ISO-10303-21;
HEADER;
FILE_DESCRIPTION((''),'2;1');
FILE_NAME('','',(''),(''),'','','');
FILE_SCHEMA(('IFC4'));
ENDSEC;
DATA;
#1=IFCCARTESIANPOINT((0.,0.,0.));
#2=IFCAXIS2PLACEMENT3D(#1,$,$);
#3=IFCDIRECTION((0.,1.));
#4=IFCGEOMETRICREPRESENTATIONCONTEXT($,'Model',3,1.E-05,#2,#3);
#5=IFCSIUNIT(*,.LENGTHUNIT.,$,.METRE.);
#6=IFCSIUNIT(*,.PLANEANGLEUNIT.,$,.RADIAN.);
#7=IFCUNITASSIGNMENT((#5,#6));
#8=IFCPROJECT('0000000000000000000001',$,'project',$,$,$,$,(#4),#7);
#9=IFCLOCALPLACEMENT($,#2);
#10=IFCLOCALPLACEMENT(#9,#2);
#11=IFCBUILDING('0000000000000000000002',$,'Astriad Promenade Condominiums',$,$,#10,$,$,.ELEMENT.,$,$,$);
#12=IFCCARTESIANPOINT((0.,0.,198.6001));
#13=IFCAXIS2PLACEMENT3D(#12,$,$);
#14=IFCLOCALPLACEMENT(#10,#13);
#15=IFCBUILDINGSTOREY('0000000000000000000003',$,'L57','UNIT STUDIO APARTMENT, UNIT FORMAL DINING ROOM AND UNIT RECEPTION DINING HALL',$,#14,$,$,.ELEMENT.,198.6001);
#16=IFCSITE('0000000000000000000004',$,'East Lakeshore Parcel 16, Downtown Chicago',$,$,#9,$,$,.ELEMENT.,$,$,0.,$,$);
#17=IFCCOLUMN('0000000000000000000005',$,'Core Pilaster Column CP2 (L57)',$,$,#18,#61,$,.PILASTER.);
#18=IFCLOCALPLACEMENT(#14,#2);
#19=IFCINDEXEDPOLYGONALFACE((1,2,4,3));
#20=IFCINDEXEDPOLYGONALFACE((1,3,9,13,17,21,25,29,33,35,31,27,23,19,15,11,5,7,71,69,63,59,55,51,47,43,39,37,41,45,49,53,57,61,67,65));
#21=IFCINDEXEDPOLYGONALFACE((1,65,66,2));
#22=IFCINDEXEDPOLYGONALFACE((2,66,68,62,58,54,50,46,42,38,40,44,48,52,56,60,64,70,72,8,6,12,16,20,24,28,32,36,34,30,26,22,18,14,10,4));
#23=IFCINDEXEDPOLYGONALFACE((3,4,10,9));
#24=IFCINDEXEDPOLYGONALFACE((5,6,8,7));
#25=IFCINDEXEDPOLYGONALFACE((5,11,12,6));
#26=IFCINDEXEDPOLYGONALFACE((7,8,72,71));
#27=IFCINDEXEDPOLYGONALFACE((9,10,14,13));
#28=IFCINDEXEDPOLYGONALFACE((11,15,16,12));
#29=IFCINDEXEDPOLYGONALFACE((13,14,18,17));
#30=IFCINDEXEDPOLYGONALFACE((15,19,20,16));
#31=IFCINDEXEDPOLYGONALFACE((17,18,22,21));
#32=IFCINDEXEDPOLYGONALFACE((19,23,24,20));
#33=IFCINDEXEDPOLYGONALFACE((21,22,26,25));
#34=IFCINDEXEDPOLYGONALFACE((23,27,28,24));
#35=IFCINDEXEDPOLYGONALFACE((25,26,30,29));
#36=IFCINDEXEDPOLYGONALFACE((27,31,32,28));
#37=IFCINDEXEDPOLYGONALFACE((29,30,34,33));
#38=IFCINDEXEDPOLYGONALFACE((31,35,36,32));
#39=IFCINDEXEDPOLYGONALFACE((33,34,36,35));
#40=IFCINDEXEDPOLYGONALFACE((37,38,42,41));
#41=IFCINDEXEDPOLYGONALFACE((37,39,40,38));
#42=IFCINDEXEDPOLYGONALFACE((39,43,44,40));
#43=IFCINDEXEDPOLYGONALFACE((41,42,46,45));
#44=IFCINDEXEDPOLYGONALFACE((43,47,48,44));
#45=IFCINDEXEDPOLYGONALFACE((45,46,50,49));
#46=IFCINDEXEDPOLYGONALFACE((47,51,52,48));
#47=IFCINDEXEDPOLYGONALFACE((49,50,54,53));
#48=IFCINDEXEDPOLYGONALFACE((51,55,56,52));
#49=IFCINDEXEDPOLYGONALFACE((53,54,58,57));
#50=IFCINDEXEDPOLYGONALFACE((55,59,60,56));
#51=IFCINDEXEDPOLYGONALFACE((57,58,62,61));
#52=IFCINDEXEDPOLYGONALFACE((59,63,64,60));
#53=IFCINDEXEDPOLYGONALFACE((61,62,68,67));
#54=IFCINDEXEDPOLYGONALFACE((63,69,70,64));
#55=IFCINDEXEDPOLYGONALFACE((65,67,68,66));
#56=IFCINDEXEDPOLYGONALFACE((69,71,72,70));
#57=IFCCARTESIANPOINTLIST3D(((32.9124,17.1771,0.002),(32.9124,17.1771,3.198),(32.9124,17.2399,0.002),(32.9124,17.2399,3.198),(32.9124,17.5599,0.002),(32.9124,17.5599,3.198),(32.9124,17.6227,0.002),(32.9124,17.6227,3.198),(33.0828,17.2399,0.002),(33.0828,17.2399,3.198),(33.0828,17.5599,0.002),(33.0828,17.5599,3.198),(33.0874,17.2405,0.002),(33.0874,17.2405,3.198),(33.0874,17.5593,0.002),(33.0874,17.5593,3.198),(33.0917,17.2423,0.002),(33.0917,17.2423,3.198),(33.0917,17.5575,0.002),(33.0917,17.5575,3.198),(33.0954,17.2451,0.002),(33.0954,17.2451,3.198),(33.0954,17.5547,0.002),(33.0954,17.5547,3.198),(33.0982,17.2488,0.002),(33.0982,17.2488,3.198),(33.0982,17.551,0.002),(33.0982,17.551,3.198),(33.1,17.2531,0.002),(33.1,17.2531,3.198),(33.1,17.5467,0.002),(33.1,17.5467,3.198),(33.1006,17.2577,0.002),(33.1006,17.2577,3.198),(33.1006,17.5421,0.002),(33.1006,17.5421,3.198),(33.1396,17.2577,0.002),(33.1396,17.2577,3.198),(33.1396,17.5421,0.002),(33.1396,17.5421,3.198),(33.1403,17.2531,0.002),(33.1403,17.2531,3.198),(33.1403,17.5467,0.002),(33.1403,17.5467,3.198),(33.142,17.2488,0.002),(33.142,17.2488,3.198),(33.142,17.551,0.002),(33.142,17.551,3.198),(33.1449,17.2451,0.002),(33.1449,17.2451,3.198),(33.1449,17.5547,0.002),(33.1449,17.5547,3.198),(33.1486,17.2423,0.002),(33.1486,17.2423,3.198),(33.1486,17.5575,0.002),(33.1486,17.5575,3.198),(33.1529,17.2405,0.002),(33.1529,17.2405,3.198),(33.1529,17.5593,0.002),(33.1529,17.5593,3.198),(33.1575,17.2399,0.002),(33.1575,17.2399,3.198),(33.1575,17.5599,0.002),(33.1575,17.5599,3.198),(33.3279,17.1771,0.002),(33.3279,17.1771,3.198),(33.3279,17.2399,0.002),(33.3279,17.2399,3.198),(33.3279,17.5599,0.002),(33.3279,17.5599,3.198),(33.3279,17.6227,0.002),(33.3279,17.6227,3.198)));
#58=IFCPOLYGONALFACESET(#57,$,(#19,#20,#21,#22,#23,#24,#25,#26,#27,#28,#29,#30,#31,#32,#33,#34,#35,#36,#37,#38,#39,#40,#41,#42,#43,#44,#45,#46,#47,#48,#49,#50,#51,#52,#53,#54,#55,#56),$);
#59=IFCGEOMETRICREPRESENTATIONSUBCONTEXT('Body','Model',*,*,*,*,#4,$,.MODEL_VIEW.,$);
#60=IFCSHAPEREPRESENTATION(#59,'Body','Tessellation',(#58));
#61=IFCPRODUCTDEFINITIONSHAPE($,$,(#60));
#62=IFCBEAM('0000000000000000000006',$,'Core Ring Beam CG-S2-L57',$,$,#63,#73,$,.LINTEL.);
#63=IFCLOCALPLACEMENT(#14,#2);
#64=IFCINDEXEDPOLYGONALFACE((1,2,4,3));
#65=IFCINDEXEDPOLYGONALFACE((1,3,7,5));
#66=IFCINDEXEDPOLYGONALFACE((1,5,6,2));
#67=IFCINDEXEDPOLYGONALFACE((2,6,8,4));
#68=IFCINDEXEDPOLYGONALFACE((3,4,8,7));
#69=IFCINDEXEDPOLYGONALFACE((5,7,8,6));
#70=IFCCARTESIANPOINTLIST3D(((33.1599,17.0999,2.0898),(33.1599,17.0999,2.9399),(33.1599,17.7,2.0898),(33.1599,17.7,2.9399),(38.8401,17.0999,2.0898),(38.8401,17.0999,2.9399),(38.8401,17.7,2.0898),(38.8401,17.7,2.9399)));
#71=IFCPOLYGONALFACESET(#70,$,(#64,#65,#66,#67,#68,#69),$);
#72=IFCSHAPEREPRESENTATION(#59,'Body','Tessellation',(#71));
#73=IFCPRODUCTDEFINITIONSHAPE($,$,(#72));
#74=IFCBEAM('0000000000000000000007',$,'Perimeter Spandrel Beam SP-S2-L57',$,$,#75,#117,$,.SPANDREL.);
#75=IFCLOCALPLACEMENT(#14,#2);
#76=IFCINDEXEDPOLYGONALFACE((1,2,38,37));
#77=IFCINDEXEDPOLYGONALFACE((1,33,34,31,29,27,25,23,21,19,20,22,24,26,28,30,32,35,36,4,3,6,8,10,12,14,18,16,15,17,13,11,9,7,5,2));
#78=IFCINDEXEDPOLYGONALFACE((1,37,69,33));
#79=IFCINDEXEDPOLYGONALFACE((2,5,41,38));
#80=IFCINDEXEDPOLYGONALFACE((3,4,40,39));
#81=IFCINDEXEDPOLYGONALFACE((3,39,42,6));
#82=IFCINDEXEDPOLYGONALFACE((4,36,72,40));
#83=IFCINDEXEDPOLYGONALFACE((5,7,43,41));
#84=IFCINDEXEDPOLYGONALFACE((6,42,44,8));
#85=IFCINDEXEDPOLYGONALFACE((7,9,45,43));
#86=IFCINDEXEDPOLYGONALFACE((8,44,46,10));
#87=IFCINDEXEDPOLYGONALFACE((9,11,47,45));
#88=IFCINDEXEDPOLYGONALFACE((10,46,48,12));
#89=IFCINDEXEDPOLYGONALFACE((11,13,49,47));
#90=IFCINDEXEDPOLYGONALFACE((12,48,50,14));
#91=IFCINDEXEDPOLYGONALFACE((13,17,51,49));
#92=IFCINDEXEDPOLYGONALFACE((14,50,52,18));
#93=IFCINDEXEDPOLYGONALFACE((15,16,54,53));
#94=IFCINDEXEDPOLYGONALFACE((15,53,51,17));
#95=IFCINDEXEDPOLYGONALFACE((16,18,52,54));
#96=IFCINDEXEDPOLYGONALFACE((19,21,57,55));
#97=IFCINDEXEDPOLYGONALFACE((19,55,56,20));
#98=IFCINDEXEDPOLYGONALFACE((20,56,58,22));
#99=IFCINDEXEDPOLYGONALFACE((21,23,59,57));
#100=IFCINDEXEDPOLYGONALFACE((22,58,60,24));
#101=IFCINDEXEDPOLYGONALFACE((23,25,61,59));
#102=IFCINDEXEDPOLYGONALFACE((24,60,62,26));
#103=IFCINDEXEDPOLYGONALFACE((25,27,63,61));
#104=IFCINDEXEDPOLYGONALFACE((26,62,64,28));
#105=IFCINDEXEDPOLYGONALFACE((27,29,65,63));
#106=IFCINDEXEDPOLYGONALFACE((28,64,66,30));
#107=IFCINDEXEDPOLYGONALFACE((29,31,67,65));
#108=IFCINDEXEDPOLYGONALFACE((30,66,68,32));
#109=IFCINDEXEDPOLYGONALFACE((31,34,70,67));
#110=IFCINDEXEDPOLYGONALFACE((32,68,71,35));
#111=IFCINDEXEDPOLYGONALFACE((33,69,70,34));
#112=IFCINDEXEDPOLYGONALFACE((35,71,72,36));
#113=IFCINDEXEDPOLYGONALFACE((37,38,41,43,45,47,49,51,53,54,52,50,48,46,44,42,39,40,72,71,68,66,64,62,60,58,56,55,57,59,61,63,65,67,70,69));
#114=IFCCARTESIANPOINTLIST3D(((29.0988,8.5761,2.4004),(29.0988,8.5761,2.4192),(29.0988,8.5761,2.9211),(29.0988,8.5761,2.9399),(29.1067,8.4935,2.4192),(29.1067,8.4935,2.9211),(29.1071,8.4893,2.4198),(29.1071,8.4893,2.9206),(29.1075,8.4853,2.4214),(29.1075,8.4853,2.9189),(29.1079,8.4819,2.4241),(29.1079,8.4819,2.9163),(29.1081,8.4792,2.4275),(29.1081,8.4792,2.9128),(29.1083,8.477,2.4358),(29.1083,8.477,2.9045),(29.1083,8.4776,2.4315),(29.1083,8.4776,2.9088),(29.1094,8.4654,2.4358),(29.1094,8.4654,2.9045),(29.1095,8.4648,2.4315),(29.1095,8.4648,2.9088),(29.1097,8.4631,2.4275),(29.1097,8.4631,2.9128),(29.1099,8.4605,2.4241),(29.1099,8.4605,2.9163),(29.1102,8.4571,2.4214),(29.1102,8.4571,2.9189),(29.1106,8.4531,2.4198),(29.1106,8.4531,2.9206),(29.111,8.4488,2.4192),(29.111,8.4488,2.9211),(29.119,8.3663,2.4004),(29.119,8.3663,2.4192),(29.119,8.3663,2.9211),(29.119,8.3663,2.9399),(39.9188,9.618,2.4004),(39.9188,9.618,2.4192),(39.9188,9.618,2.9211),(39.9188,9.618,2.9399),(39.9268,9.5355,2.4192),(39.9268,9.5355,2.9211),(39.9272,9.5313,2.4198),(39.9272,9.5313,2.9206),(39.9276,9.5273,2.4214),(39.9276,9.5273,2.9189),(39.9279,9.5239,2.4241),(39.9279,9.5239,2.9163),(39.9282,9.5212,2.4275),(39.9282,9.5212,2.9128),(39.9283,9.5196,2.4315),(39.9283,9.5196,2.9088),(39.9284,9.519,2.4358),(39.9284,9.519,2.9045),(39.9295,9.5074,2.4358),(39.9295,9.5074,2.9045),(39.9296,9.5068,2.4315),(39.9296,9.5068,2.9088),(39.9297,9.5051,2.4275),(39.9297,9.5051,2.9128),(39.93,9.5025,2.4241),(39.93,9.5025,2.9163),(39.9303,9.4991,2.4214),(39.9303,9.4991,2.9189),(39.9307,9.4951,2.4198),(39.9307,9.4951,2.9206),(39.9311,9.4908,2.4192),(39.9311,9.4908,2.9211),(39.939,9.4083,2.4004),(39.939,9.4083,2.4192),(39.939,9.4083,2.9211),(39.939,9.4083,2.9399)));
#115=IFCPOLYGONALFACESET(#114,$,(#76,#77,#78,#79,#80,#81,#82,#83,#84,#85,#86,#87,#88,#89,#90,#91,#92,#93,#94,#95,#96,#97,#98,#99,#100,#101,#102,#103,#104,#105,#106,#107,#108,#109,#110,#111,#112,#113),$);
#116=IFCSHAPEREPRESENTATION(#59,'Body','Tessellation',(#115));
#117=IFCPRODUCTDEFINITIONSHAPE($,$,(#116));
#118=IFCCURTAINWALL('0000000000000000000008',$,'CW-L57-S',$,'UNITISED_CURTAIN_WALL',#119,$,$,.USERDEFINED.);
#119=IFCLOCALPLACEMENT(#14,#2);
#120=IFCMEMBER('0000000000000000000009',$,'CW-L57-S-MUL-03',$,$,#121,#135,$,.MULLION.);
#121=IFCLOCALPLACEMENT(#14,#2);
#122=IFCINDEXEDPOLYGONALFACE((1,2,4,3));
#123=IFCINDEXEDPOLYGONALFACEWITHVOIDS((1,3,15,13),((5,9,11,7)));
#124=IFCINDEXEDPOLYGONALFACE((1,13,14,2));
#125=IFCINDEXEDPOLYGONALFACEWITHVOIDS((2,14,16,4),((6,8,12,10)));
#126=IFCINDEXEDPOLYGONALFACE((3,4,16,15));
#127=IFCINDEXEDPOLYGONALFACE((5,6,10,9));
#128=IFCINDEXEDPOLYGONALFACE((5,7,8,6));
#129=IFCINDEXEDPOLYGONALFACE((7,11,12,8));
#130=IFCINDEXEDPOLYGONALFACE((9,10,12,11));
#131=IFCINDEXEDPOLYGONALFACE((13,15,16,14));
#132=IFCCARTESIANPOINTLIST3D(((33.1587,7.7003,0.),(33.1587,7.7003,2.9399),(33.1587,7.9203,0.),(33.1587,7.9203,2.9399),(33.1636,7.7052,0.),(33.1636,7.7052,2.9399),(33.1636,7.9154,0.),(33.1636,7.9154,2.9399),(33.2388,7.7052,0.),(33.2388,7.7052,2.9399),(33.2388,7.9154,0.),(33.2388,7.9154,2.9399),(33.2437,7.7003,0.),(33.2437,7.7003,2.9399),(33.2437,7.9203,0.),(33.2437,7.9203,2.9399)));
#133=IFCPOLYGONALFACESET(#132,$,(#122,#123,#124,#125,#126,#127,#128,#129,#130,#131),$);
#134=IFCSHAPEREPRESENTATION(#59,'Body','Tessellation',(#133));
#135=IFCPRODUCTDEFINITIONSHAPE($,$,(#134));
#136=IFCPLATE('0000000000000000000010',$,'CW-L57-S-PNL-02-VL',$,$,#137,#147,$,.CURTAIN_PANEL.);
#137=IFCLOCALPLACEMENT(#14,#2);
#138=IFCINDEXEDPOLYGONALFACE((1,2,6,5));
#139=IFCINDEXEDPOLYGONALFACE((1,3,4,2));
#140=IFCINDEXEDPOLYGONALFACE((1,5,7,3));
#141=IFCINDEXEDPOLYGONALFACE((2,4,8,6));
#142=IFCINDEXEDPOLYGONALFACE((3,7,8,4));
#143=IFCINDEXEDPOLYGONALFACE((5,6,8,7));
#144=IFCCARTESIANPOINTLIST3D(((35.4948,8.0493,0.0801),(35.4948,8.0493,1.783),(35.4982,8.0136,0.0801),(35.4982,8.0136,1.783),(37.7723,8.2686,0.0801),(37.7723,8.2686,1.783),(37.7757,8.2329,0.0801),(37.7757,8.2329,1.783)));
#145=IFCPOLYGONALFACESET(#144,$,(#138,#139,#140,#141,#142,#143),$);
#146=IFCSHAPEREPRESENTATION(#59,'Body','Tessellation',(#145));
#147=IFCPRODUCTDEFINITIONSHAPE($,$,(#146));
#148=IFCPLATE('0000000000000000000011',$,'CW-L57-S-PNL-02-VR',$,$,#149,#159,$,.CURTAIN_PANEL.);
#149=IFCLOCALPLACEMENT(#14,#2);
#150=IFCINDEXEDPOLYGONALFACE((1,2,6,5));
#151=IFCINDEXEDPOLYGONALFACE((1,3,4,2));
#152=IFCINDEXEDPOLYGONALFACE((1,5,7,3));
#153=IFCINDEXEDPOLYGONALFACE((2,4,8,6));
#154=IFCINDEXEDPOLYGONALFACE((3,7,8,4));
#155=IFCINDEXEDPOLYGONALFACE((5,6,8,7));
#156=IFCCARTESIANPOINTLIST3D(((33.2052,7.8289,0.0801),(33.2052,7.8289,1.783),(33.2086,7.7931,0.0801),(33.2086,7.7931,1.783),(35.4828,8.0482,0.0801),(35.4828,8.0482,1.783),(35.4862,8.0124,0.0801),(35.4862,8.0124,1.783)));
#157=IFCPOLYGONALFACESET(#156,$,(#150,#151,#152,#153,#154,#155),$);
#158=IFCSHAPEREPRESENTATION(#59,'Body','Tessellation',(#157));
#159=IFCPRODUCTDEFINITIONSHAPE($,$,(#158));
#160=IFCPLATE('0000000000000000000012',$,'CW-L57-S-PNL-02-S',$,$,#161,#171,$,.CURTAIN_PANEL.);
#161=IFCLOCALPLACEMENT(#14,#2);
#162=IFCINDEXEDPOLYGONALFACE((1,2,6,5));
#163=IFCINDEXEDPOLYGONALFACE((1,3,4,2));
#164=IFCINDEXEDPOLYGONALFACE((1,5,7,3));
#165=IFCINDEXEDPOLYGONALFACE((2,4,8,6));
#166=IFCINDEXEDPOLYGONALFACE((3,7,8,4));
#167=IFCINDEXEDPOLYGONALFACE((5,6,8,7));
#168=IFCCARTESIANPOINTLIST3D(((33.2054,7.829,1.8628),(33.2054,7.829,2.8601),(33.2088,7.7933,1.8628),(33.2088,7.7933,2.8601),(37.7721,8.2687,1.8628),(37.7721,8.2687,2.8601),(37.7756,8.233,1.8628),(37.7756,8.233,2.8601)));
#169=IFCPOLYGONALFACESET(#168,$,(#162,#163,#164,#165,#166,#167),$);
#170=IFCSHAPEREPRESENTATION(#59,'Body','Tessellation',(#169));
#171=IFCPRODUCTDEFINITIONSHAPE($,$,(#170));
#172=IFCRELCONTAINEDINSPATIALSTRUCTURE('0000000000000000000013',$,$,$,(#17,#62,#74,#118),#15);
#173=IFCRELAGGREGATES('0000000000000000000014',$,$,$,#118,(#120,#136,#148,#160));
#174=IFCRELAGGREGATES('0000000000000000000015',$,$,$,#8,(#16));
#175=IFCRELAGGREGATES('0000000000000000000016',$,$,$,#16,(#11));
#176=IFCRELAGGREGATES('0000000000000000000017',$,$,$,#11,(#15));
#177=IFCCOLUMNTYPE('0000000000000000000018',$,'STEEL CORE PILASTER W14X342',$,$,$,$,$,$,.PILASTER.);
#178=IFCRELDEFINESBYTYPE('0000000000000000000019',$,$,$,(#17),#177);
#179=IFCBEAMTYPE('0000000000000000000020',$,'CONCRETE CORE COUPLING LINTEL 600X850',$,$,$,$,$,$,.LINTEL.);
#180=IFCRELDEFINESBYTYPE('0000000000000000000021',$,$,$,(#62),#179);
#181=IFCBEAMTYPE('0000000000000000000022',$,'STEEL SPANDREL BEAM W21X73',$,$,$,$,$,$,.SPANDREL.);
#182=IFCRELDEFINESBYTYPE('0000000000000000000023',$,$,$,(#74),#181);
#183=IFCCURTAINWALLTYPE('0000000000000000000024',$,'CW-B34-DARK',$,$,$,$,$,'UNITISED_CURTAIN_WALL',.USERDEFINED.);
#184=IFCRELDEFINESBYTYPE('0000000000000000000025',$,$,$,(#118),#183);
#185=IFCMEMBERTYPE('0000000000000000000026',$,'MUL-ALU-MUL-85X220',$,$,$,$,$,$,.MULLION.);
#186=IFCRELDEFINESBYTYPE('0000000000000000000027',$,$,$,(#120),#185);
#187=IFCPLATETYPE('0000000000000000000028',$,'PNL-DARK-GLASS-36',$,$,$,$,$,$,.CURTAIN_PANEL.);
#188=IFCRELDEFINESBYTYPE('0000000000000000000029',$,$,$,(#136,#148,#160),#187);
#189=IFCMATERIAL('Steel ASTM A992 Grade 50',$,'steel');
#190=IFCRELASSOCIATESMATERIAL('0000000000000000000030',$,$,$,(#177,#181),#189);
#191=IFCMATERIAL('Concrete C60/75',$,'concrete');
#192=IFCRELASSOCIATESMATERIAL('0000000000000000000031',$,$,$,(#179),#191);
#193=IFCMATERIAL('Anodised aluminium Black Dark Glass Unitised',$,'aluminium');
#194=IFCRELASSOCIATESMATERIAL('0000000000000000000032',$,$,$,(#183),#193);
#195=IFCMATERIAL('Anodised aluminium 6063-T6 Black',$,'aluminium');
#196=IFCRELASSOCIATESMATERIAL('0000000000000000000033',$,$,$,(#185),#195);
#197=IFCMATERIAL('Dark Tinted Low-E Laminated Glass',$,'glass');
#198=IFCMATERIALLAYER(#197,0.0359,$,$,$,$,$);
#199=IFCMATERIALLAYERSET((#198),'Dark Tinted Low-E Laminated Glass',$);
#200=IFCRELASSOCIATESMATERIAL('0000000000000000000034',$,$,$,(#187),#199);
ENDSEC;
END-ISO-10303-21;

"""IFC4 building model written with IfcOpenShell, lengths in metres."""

from ifc_helpers import new_model, si_unit, direction, frame, origin, origin_2d, place, context, subcontext, project, spatial, rectangle, hollow_rectangle, i_section, extrude, source, transform, mapped, material, layer, layer_set, material_profile, profile_set, type_object, type_shapes, element, aggregate, save


model = new_model("IFC4")

# Units and contexts
model_context = context("Model", 3, precision=1e-05, world=origin(), true_north=direction((0.0, 1.0)))
body_context = subcontext(model_context, "Body", "Model", "MODEL_VIEW")
ifc_project = project(units=[si_unit("LENGTHUNIT", "METRE"), si_unit("PLANEANGLEUNIT", "RADIAN")], contexts=[model_context])

# Site, building, storey
site_placement = place(None, origin())
site = spatial("IfcSite", under=ifc_project, at=site_placement, Name="East Lakeshore Parcel 16, Downtown Chicago", CompositionType="ELEMENT", RefElevation=0.0)
building_placement = place(site_placement, origin())
building = spatial("IfcBuilding", under=site, at=building_placement, Name="Astriad Promenade Condominiums", CompositionType="ELEMENT")
storey_placement = place(building_placement, frame((0.0, 0.0, 198.6001)))
storey = spatial("IfcBuildingStorey", under=building, at=storey_placement, Name="L57", Description="UNIT STUDIO APARTMENT, UNIT FORMAL DINING ROOM AND UNIT RECEPTION DINING HALL", CompositionType="ELEMENT", Elevation=198.6001)

# Column
ifc_material_1 = material(Name="Steel ASTM A992 Grade 50", Category="steel")
ifc_material_profile_1 = material_profile(ifc_material_1, i_section(OverallWidth=0.4155, OverallDepth=0.4456, WebThickness=0.0391, FlangeThickness=0.0627, FilletRadius=0.0178, at=origin_2d()), Name="W14X342")
ifc_profile_set_1 = profile_set([ifc_material_profile_1], Name="Steel ASTM A992 Grade 50")
column_type = type_object("IfcColumnType", Name="STEEL CORE PILASTER W14X342", PredefinedType="PILASTER", material=ifc_profile_set_1)
shared_shape_1 = source(origin(), body_context, "Body", "SweptSolid", [
    extrude(i_section(OverallWidth=0.4155, OverallDepth=0.4456, WebThickness=0.0391, FlangeThickness=0.0627, FilletRadius=0.0178, at=origin_2d()), origin(), (0.0, 0.0, 1.0), 3.196),
])
type_shapes(column_type, [shared_shape_1])
column_placement = place(storey_placement, frame((33.1201, 17.3999, 0.002), z_axis=(0.0, 0.0, 1.0), x_axis=(1.0, 0.0, 0.0)))
element("IfcColumn", 1, at=column_placement, inside=storey, type_object=column_type, Name="Core Pilaster Column CP2 (L57)", PredefinedType="PILASTER", context=body_context, shape_type="MappedRepresentation", body=[
    mapped(shared_shape_1, transform((0.0, 0.0, 0.0), scale=1.0)),
])

# Beams
ifc_material_2 = material(Name="Concrete C60/75", Category="concrete")
ifc_material_profile_2 = material_profile(ifc_material_2, rectangle(XDim=0.6001, YDim=0.8501, at=origin_2d()), Name="RC-BM-600X850")
ifc_profile_set_2 = profile_set([ifc_material_profile_2], Name="Concrete C60/75")
beam_type_1 = type_object("IfcBeamType", Name="CONCRETE CORE COUPLING LINTEL 600X850", PredefinedType="LINTEL", material=ifc_profile_set_2)
shared_shape_2 = source(origin(), body_context, "Body", "SweptSolid", [
    extrude(rectangle(XDim=0.6001, YDim=0.8501, at=origin_2d()), origin(), (0.0, 0.0, 1.0), 5.6802),
])
type_shapes(beam_type_1, [shared_shape_2])
beam_1_placement = place(storey_placement, frame((33.1599, 17.3999, 2.5149), z_axis=(1.0, 0.0, 0.0), x_axis=(0.0, 1.0, 0.0)))
element("IfcBeam", 2, at=beam_1_placement, inside=storey, type_object=beam_type_1, Name="Core Ring Beam CG-S2-L57", PredefinedType="LINTEL", context=body_context, shape_type="MappedRepresentation", body=[
    mapped(shared_shape_2, transform((0.0, 0.0, 0.0), scale=1.0)),
])
ifc_material_profile_3 = material_profile(ifc_material_1, i_section(OverallWidth=0.2107, OverallDepth=0.5396, WebThickness=0.0117, FlangeThickness=0.0188, FilletRadius=0.0166, at=origin_2d()), Name="W21X73")
ifc_profile_set_3 = profile_set([ifc_material_profile_3], Name="Steel ASTM A992 Grade 50")
beam_type_2 = type_object("IfcBeamType", Name="STEEL SPANDREL BEAM W21X73", PredefinedType="SPANDREL", material=ifc_profile_set_3)
shared_shape_3 = source(origin(), body_context, "Body", "SweptSolid", [
    extrude(i_section(OverallWidth=0.2107, OverallDepth=0.5396, WebThickness=0.0117, FlangeThickness=0.0188, FilletRadius=0.0166, at=origin_2d()), origin(), (0.0, 0.0, 1.0), 10.8701),
])
type_shapes(beam_type_2, [shared_shape_3])
beam_2_placement = place(storey_placement, frame((29.1089, 8.4712, 2.6702), z_axis=(0.995395, 0.095858, 0.0), x_axis=(-0.095858, 0.995395, 0.0)))
element("IfcBeam", 3, at=beam_2_placement, inside=storey, type_object=beam_type_2, Name="Perimeter Spandrel Beam SP-S2-L57", PredefinedType="SPANDREL", context=body_context, shape_type="MappedRepresentation", body=[
    mapped(shared_shape_3, transform((0.0, 0.0, 0.0), scale=1.0)),
])

# Curtain wall, member, plates
ifc_material_3 = material(Name="Anodised aluminium Black Dark Glass Unitised", Category="aluminium")
curtain_wall_type = type_object("IfcCurtainWallType", Name="CW-B34-DARK", ElementType="UNITISED_CURTAIN_WALL", PredefinedType="USERDEFINED", material=ifc_material_3)
curtain_wall_placement = place(storey_placement, origin())
curtain_wall = element("IfcCurtainWall", 4, at=curtain_wall_placement, inside=storey, type_object=curtain_wall_type, Name="CW-L57-S", ObjectType="UNITISED_CURTAIN_WALL", PredefinedType="USERDEFINED")
ifc_material_4 = material(Name="Anodised aluminium 6063-T6 Black", Category="aluminium")
ifc_material_profile_4 = material_profile(ifc_material_4, hollow_rectangle(XDim=0.085, YDim=0.22, WallThickness=0.0049, at=origin_2d()), Name="ALU-MUL-85X220")
ifc_profile_set_4 = profile_set([ifc_material_profile_4], Name="Anodised aluminium 6063-T6 Black")
member_type = type_object("IfcMemberType", Name="MUL-ALU-MUL-85X220", PredefinedType="MULLION", material=ifc_profile_set_4)
shared_shape_4 = source(origin(), body_context, "Body", "SweptSolid", [
    extrude(hollow_rectangle(XDim=0.085, YDim=0.22, WallThickness=0.0049, at=origin_2d()), origin(), (0.0, 0.0, 1.0), 2.9399),
])
type_shapes(member_type, [shared_shape_4])
member_placement = place(storey_placement, frame((33.2012, 7.8103, 0.0), z_axis=(0.0, 0.0, 1.0), x_axis=(1.0, 0.0, 0.0)))
member = element("IfcMember", 5, at=member_placement, type_object=member_type, Name="CW-L57-S-MUL-03", PredefinedType="MULLION", context=body_context, shape_type="MappedRepresentation", body=[
    mapped(shared_shape_4, transform((0.0, 0.0, 0.0), scale=1.0)),
])
ifc_material_5 = material(Name="Dark Tinted Low-E Laminated Glass", Category="glass")
ifc_layer_1 = layer(ifc_material_5, 0.0359)
ifc_layer_set_1 = layer_set([ifc_layer_1], Name="Dark Tinted Low-E Laminated Glass")
plate_type = type_object("IfcPlateType", Name="PNL-DARK-GLASS-36", PredefinedType="CURTAIN_PANEL", material=ifc_layer_set_1)
shared_shape_5 = source(origin(), body_context, "Body", "SweptSolid", [
    extrude(rectangle(XDim=2.2881, YDim=0.0359, at=origin_2d()), origin(), (0.0, 0.0, 1.0), 1.7029),
])
plate_1_placement = place(storey_placement, frame((36.6353, 8.1411, 0.0801), z_axis=(0.0, 0.0, 1.0), x_axis=(-0.995396, -0.095846, 0.0)))
plate_1 = element("IfcPlate", 6, at=plate_1_placement, type_object=plate_type, Name="CW-L57-S-PNL-02-VL", PredefinedType="CURTAIN_PANEL", context=body_context, shape_type="MappedRepresentation", body=[
    mapped(shared_shape_5, transform((0.0, 0.0, 0.0), scale=1.0)),
])
plate_2_placement = place(storey_placement, frame((34.3457, 7.9207, 0.0801), z_axis=(0.0, 0.0, 1.0), x_axis=(-0.995396, -0.095846, 0.0)))
plate_2 = element("IfcPlate", 7, at=plate_2_placement, type_object=plate_type, Name="CW-L57-S-PNL-02-VR", PredefinedType="CURTAIN_PANEL", context=body_context, shape_type="MappedRepresentation", body=[
    mapped(shared_shape_5, transform((0.0, 0.0, 0.0), scale=1.0)),
])
shared_shape_6 = source(origin(), body_context, "Body", "SweptSolid", [
    extrude(rectangle(XDim=4.5879, YDim=0.0359, at=origin_2d()), origin(), (0.0, 0.0, 1.0), 0.9973),
])
type_shapes(plate_type, [shared_shape_5, shared_shape_6])
plate_3_placement = place(storey_placement, frame((35.4905, 8.031, 1.8628), z_axis=(0.0, 0.0, 1.0), x_axis=(-0.995396, -0.095846, 0.0)))
plate_3 = element("IfcPlate", 8, at=plate_3_placement, type_object=plate_type, Name="CW-L57-S-PNL-02-S", PredefinedType="CURTAIN_PANEL", context=body_context, shape_type="MappedRepresentation", body=[
    mapped(shared_shape_6, transform((0.0, 0.0, 0.0), scale=1.0)),
])
aggregate(curtain_wall, [member, plate_1, plate_2, plate_3])

save(model, "model.ifc")
